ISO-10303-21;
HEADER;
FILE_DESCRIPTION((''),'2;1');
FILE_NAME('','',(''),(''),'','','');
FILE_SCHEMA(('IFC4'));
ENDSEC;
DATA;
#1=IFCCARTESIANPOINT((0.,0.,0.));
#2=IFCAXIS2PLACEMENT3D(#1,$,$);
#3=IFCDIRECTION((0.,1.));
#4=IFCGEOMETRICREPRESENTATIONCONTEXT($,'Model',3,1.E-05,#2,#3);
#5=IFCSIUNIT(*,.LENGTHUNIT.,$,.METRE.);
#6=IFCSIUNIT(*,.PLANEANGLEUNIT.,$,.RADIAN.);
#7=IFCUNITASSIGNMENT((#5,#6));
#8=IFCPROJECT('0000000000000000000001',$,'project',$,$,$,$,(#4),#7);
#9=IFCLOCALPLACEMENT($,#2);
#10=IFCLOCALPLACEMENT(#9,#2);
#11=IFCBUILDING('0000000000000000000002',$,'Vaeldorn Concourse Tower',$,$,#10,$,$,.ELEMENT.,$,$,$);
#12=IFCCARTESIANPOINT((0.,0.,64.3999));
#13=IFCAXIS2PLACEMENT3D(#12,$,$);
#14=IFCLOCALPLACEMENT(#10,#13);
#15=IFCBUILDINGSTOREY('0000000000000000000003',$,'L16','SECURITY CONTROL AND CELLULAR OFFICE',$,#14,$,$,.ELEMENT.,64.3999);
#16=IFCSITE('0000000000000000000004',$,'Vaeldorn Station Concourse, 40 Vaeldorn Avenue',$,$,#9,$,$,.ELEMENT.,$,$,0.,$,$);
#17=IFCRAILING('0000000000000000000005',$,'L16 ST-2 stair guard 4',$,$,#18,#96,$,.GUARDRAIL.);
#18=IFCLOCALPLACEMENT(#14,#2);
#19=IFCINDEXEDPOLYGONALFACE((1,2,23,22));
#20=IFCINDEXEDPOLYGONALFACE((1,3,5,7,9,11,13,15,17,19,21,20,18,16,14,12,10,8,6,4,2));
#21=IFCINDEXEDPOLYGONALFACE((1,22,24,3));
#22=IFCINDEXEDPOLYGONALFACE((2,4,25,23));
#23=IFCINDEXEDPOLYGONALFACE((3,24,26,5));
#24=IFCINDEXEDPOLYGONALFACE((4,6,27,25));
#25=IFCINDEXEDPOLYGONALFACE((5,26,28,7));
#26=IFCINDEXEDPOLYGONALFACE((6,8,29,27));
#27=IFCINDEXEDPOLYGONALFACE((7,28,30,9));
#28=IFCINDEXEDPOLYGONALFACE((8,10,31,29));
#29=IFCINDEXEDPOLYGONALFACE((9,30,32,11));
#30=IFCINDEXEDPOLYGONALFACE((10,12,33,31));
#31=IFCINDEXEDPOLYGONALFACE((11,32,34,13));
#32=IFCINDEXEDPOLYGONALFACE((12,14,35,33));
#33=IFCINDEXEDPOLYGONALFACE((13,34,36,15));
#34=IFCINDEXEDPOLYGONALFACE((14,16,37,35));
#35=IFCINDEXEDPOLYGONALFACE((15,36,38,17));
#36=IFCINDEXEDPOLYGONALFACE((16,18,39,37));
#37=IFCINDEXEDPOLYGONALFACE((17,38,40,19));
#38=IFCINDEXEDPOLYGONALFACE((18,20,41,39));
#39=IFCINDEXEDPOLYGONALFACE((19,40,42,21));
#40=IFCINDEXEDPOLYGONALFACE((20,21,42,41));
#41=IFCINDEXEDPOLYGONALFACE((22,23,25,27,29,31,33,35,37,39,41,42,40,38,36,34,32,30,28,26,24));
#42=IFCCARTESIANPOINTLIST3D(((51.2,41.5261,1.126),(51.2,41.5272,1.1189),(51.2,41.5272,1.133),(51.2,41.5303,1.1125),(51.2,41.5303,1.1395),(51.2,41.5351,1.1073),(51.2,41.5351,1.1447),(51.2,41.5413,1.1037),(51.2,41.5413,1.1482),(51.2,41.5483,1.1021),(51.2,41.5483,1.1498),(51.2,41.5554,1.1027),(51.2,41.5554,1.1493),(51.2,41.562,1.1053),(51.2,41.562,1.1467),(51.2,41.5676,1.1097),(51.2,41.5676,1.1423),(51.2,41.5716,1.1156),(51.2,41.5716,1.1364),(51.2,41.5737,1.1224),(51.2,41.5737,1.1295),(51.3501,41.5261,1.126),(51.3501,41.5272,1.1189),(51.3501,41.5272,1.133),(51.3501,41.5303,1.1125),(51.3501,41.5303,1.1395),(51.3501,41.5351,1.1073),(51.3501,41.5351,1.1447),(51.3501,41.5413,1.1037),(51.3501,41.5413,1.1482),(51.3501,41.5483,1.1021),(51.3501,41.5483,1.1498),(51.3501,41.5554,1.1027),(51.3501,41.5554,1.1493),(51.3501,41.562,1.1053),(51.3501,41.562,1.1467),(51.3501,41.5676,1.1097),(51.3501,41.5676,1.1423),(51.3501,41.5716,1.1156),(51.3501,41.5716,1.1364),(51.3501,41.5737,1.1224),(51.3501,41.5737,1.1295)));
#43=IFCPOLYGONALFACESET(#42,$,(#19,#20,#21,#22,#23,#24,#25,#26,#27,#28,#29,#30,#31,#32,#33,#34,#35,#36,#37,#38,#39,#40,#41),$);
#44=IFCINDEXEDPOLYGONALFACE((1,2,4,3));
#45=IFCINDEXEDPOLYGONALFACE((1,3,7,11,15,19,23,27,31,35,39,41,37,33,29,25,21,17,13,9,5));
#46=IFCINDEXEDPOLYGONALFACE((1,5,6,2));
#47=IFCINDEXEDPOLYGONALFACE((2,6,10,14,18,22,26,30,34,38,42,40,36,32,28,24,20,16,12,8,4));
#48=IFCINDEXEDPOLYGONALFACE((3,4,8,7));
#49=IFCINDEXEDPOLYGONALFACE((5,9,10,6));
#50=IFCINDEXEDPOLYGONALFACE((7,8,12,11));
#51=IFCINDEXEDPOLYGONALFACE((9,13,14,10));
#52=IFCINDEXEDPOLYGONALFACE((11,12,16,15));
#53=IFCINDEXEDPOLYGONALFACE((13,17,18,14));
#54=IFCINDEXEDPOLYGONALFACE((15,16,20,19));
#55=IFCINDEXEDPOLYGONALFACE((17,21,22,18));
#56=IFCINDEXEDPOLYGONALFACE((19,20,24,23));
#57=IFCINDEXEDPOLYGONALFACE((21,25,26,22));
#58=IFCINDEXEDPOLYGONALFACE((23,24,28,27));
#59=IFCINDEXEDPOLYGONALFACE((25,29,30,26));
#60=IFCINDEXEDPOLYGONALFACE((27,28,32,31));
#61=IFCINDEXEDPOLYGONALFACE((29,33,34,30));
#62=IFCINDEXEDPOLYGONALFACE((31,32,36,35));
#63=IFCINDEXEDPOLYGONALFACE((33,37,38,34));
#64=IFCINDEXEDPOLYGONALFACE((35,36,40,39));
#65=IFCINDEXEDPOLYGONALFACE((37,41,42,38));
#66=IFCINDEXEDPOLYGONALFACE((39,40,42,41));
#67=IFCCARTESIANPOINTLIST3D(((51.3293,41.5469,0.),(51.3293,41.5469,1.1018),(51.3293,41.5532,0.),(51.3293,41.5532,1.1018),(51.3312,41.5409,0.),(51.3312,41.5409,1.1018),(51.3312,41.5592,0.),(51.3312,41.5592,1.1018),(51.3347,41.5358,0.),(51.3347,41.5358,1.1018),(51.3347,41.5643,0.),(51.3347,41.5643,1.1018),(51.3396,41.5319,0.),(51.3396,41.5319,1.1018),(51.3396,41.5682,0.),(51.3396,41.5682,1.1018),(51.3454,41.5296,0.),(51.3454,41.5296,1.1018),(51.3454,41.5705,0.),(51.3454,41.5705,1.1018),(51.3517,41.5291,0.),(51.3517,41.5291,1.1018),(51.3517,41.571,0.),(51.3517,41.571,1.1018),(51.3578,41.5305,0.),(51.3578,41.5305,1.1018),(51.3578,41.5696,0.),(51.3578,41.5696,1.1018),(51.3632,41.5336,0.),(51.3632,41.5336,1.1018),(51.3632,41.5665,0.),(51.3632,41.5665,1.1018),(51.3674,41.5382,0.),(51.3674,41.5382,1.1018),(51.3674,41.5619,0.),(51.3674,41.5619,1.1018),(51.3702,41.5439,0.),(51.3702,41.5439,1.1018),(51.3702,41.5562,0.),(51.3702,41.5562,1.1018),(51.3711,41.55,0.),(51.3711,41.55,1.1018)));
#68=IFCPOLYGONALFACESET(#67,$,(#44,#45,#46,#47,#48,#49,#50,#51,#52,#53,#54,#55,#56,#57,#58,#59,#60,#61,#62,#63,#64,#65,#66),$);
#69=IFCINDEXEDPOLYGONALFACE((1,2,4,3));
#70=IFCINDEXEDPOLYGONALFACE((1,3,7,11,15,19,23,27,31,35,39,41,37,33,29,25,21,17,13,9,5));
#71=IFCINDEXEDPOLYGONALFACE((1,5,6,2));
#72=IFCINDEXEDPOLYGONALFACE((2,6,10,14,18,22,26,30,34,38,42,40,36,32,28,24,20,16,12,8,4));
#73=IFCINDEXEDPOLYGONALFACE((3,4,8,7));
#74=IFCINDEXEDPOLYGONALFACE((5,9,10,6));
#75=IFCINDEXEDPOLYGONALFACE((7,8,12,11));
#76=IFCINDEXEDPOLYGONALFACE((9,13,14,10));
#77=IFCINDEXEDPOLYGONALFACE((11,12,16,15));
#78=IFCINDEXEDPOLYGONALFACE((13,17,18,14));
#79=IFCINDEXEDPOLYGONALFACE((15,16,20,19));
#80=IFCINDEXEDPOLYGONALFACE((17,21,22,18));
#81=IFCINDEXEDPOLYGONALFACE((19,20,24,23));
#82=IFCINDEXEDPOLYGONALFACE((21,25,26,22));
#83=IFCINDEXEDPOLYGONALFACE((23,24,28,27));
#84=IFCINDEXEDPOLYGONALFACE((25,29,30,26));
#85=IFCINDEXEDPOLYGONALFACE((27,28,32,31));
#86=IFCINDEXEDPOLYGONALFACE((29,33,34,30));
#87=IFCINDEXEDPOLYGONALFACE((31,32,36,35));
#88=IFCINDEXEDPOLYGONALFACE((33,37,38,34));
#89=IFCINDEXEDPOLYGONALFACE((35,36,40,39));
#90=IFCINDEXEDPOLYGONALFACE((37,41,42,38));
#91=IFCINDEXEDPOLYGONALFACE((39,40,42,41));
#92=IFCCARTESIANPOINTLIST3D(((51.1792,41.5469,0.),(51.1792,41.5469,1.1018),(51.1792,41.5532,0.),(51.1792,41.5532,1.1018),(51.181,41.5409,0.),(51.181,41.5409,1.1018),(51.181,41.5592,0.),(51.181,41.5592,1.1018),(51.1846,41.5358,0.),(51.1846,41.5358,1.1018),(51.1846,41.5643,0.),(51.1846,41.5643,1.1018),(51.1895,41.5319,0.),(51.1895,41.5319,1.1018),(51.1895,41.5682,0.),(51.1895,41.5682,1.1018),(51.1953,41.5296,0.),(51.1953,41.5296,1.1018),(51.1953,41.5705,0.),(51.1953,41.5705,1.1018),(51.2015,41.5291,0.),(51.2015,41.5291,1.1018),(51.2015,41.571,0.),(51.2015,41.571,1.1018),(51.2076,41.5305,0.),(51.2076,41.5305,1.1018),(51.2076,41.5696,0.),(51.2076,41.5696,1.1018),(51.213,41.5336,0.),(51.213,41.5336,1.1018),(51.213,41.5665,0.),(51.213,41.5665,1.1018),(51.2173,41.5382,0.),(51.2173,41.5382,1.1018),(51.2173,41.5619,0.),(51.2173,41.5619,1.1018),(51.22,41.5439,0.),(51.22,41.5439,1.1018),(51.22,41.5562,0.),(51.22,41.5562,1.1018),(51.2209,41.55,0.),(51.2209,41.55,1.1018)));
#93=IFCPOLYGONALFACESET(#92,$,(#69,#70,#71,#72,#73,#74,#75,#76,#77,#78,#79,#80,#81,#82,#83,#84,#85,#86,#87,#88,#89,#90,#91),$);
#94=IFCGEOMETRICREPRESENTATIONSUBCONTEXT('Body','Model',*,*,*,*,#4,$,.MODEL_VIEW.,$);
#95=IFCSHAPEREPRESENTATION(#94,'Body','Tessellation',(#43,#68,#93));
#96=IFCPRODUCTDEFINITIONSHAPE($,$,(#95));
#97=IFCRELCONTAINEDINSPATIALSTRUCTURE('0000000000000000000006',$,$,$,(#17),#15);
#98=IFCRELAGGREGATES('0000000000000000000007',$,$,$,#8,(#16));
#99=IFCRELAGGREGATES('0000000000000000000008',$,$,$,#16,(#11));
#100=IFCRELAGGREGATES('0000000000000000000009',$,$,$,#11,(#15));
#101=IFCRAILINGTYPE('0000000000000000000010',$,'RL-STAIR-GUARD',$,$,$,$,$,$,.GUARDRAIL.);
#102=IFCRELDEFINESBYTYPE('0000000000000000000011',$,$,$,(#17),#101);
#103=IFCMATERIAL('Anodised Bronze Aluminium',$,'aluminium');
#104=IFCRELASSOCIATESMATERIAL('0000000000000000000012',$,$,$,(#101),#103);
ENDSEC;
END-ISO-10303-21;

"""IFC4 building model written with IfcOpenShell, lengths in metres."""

from ifc_helpers import new_model, si_unit, direction, frame, origin, origin_2d, place, context, subcontext, project, spatial, circle, extrude, material, type_object, element, save


model = new_model("IFC4")

# Units and contexts
model_context = context("Model", 3, precision=1e-05, world=origin(), true_north=direction((0.0, 1.0)))
body_context = subcontext(model_context, "Body", "Model", "MODEL_VIEW")
ifc_project = project(units=[si_unit("LENGTHUNIT", "METRE"), si_unit("PLANEANGLEUNIT", "RADIAN")], contexts=[model_context])

# Site, building, storey
site_placement = place(None, origin())
site = spatial("IfcSite", under=ifc_project, at=site_placement, Name="Vaeldorn Station Concourse, 40 Vaeldorn Avenue", CompositionType="ELEMENT", RefElevation=0.0)
building_placement = place(site_placement, origin())
building = spatial("IfcBuilding", under=site, at=building_placement, Name="Vaeldorn Concourse Tower", CompositionType="ELEMENT")
storey_placement = place(building_placement, frame((0.0, 0.0, 64.3999)))
storey = spatial("IfcBuildingStorey", under=building, at=storey_placement, Name="L16", Description="SECURITY CONTROL AND CELLULAR OFFICE", CompositionType="ELEMENT", Elevation=64.3999)

# Shared definitions
ifc_material_1 = material(Name="Anodised Bronze Aluminium", Category="aluminium")

# Railing
railing_type_1 = type_object("IfcRailingType", Name="RL-STAIR-GUARD", PredefinedType="GUARDRAIL", material=ifc_material_1)
railing_1_placement = place(storey_placement, frame((51.3501, 41.55, 0.0)))
element("IfcRailing", 1, at=railing_1_placement, inside=storey, type_object=railing_type_1, Name="L16 ST-2 stair guard 4", PredefinedType="GUARDRAIL", context=body_context, shape_type="SweptSolid", body=[
    extrude(circle(Radius=0.0239, at=origin_2d()), frame((0.0, 0.0, 1.126), z_axis=(-1.0, 0.0, 0.0), x_axis=(0.0, -1.0, 0.0)), (0.0, 0.0, 1.0), 0.1501),
    extrude(circle(Radius=0.021, at=origin_2d()), origin(), (0.0, 0.0, 1.0), 1.1018),
    extrude(circle(Radius=0.021, at=origin_2d()), frame((-0.1501, 0.0, 0.0)), (0.0, 0.0, 1.0), 1.1018),
])

save(model, "model.ifc")
